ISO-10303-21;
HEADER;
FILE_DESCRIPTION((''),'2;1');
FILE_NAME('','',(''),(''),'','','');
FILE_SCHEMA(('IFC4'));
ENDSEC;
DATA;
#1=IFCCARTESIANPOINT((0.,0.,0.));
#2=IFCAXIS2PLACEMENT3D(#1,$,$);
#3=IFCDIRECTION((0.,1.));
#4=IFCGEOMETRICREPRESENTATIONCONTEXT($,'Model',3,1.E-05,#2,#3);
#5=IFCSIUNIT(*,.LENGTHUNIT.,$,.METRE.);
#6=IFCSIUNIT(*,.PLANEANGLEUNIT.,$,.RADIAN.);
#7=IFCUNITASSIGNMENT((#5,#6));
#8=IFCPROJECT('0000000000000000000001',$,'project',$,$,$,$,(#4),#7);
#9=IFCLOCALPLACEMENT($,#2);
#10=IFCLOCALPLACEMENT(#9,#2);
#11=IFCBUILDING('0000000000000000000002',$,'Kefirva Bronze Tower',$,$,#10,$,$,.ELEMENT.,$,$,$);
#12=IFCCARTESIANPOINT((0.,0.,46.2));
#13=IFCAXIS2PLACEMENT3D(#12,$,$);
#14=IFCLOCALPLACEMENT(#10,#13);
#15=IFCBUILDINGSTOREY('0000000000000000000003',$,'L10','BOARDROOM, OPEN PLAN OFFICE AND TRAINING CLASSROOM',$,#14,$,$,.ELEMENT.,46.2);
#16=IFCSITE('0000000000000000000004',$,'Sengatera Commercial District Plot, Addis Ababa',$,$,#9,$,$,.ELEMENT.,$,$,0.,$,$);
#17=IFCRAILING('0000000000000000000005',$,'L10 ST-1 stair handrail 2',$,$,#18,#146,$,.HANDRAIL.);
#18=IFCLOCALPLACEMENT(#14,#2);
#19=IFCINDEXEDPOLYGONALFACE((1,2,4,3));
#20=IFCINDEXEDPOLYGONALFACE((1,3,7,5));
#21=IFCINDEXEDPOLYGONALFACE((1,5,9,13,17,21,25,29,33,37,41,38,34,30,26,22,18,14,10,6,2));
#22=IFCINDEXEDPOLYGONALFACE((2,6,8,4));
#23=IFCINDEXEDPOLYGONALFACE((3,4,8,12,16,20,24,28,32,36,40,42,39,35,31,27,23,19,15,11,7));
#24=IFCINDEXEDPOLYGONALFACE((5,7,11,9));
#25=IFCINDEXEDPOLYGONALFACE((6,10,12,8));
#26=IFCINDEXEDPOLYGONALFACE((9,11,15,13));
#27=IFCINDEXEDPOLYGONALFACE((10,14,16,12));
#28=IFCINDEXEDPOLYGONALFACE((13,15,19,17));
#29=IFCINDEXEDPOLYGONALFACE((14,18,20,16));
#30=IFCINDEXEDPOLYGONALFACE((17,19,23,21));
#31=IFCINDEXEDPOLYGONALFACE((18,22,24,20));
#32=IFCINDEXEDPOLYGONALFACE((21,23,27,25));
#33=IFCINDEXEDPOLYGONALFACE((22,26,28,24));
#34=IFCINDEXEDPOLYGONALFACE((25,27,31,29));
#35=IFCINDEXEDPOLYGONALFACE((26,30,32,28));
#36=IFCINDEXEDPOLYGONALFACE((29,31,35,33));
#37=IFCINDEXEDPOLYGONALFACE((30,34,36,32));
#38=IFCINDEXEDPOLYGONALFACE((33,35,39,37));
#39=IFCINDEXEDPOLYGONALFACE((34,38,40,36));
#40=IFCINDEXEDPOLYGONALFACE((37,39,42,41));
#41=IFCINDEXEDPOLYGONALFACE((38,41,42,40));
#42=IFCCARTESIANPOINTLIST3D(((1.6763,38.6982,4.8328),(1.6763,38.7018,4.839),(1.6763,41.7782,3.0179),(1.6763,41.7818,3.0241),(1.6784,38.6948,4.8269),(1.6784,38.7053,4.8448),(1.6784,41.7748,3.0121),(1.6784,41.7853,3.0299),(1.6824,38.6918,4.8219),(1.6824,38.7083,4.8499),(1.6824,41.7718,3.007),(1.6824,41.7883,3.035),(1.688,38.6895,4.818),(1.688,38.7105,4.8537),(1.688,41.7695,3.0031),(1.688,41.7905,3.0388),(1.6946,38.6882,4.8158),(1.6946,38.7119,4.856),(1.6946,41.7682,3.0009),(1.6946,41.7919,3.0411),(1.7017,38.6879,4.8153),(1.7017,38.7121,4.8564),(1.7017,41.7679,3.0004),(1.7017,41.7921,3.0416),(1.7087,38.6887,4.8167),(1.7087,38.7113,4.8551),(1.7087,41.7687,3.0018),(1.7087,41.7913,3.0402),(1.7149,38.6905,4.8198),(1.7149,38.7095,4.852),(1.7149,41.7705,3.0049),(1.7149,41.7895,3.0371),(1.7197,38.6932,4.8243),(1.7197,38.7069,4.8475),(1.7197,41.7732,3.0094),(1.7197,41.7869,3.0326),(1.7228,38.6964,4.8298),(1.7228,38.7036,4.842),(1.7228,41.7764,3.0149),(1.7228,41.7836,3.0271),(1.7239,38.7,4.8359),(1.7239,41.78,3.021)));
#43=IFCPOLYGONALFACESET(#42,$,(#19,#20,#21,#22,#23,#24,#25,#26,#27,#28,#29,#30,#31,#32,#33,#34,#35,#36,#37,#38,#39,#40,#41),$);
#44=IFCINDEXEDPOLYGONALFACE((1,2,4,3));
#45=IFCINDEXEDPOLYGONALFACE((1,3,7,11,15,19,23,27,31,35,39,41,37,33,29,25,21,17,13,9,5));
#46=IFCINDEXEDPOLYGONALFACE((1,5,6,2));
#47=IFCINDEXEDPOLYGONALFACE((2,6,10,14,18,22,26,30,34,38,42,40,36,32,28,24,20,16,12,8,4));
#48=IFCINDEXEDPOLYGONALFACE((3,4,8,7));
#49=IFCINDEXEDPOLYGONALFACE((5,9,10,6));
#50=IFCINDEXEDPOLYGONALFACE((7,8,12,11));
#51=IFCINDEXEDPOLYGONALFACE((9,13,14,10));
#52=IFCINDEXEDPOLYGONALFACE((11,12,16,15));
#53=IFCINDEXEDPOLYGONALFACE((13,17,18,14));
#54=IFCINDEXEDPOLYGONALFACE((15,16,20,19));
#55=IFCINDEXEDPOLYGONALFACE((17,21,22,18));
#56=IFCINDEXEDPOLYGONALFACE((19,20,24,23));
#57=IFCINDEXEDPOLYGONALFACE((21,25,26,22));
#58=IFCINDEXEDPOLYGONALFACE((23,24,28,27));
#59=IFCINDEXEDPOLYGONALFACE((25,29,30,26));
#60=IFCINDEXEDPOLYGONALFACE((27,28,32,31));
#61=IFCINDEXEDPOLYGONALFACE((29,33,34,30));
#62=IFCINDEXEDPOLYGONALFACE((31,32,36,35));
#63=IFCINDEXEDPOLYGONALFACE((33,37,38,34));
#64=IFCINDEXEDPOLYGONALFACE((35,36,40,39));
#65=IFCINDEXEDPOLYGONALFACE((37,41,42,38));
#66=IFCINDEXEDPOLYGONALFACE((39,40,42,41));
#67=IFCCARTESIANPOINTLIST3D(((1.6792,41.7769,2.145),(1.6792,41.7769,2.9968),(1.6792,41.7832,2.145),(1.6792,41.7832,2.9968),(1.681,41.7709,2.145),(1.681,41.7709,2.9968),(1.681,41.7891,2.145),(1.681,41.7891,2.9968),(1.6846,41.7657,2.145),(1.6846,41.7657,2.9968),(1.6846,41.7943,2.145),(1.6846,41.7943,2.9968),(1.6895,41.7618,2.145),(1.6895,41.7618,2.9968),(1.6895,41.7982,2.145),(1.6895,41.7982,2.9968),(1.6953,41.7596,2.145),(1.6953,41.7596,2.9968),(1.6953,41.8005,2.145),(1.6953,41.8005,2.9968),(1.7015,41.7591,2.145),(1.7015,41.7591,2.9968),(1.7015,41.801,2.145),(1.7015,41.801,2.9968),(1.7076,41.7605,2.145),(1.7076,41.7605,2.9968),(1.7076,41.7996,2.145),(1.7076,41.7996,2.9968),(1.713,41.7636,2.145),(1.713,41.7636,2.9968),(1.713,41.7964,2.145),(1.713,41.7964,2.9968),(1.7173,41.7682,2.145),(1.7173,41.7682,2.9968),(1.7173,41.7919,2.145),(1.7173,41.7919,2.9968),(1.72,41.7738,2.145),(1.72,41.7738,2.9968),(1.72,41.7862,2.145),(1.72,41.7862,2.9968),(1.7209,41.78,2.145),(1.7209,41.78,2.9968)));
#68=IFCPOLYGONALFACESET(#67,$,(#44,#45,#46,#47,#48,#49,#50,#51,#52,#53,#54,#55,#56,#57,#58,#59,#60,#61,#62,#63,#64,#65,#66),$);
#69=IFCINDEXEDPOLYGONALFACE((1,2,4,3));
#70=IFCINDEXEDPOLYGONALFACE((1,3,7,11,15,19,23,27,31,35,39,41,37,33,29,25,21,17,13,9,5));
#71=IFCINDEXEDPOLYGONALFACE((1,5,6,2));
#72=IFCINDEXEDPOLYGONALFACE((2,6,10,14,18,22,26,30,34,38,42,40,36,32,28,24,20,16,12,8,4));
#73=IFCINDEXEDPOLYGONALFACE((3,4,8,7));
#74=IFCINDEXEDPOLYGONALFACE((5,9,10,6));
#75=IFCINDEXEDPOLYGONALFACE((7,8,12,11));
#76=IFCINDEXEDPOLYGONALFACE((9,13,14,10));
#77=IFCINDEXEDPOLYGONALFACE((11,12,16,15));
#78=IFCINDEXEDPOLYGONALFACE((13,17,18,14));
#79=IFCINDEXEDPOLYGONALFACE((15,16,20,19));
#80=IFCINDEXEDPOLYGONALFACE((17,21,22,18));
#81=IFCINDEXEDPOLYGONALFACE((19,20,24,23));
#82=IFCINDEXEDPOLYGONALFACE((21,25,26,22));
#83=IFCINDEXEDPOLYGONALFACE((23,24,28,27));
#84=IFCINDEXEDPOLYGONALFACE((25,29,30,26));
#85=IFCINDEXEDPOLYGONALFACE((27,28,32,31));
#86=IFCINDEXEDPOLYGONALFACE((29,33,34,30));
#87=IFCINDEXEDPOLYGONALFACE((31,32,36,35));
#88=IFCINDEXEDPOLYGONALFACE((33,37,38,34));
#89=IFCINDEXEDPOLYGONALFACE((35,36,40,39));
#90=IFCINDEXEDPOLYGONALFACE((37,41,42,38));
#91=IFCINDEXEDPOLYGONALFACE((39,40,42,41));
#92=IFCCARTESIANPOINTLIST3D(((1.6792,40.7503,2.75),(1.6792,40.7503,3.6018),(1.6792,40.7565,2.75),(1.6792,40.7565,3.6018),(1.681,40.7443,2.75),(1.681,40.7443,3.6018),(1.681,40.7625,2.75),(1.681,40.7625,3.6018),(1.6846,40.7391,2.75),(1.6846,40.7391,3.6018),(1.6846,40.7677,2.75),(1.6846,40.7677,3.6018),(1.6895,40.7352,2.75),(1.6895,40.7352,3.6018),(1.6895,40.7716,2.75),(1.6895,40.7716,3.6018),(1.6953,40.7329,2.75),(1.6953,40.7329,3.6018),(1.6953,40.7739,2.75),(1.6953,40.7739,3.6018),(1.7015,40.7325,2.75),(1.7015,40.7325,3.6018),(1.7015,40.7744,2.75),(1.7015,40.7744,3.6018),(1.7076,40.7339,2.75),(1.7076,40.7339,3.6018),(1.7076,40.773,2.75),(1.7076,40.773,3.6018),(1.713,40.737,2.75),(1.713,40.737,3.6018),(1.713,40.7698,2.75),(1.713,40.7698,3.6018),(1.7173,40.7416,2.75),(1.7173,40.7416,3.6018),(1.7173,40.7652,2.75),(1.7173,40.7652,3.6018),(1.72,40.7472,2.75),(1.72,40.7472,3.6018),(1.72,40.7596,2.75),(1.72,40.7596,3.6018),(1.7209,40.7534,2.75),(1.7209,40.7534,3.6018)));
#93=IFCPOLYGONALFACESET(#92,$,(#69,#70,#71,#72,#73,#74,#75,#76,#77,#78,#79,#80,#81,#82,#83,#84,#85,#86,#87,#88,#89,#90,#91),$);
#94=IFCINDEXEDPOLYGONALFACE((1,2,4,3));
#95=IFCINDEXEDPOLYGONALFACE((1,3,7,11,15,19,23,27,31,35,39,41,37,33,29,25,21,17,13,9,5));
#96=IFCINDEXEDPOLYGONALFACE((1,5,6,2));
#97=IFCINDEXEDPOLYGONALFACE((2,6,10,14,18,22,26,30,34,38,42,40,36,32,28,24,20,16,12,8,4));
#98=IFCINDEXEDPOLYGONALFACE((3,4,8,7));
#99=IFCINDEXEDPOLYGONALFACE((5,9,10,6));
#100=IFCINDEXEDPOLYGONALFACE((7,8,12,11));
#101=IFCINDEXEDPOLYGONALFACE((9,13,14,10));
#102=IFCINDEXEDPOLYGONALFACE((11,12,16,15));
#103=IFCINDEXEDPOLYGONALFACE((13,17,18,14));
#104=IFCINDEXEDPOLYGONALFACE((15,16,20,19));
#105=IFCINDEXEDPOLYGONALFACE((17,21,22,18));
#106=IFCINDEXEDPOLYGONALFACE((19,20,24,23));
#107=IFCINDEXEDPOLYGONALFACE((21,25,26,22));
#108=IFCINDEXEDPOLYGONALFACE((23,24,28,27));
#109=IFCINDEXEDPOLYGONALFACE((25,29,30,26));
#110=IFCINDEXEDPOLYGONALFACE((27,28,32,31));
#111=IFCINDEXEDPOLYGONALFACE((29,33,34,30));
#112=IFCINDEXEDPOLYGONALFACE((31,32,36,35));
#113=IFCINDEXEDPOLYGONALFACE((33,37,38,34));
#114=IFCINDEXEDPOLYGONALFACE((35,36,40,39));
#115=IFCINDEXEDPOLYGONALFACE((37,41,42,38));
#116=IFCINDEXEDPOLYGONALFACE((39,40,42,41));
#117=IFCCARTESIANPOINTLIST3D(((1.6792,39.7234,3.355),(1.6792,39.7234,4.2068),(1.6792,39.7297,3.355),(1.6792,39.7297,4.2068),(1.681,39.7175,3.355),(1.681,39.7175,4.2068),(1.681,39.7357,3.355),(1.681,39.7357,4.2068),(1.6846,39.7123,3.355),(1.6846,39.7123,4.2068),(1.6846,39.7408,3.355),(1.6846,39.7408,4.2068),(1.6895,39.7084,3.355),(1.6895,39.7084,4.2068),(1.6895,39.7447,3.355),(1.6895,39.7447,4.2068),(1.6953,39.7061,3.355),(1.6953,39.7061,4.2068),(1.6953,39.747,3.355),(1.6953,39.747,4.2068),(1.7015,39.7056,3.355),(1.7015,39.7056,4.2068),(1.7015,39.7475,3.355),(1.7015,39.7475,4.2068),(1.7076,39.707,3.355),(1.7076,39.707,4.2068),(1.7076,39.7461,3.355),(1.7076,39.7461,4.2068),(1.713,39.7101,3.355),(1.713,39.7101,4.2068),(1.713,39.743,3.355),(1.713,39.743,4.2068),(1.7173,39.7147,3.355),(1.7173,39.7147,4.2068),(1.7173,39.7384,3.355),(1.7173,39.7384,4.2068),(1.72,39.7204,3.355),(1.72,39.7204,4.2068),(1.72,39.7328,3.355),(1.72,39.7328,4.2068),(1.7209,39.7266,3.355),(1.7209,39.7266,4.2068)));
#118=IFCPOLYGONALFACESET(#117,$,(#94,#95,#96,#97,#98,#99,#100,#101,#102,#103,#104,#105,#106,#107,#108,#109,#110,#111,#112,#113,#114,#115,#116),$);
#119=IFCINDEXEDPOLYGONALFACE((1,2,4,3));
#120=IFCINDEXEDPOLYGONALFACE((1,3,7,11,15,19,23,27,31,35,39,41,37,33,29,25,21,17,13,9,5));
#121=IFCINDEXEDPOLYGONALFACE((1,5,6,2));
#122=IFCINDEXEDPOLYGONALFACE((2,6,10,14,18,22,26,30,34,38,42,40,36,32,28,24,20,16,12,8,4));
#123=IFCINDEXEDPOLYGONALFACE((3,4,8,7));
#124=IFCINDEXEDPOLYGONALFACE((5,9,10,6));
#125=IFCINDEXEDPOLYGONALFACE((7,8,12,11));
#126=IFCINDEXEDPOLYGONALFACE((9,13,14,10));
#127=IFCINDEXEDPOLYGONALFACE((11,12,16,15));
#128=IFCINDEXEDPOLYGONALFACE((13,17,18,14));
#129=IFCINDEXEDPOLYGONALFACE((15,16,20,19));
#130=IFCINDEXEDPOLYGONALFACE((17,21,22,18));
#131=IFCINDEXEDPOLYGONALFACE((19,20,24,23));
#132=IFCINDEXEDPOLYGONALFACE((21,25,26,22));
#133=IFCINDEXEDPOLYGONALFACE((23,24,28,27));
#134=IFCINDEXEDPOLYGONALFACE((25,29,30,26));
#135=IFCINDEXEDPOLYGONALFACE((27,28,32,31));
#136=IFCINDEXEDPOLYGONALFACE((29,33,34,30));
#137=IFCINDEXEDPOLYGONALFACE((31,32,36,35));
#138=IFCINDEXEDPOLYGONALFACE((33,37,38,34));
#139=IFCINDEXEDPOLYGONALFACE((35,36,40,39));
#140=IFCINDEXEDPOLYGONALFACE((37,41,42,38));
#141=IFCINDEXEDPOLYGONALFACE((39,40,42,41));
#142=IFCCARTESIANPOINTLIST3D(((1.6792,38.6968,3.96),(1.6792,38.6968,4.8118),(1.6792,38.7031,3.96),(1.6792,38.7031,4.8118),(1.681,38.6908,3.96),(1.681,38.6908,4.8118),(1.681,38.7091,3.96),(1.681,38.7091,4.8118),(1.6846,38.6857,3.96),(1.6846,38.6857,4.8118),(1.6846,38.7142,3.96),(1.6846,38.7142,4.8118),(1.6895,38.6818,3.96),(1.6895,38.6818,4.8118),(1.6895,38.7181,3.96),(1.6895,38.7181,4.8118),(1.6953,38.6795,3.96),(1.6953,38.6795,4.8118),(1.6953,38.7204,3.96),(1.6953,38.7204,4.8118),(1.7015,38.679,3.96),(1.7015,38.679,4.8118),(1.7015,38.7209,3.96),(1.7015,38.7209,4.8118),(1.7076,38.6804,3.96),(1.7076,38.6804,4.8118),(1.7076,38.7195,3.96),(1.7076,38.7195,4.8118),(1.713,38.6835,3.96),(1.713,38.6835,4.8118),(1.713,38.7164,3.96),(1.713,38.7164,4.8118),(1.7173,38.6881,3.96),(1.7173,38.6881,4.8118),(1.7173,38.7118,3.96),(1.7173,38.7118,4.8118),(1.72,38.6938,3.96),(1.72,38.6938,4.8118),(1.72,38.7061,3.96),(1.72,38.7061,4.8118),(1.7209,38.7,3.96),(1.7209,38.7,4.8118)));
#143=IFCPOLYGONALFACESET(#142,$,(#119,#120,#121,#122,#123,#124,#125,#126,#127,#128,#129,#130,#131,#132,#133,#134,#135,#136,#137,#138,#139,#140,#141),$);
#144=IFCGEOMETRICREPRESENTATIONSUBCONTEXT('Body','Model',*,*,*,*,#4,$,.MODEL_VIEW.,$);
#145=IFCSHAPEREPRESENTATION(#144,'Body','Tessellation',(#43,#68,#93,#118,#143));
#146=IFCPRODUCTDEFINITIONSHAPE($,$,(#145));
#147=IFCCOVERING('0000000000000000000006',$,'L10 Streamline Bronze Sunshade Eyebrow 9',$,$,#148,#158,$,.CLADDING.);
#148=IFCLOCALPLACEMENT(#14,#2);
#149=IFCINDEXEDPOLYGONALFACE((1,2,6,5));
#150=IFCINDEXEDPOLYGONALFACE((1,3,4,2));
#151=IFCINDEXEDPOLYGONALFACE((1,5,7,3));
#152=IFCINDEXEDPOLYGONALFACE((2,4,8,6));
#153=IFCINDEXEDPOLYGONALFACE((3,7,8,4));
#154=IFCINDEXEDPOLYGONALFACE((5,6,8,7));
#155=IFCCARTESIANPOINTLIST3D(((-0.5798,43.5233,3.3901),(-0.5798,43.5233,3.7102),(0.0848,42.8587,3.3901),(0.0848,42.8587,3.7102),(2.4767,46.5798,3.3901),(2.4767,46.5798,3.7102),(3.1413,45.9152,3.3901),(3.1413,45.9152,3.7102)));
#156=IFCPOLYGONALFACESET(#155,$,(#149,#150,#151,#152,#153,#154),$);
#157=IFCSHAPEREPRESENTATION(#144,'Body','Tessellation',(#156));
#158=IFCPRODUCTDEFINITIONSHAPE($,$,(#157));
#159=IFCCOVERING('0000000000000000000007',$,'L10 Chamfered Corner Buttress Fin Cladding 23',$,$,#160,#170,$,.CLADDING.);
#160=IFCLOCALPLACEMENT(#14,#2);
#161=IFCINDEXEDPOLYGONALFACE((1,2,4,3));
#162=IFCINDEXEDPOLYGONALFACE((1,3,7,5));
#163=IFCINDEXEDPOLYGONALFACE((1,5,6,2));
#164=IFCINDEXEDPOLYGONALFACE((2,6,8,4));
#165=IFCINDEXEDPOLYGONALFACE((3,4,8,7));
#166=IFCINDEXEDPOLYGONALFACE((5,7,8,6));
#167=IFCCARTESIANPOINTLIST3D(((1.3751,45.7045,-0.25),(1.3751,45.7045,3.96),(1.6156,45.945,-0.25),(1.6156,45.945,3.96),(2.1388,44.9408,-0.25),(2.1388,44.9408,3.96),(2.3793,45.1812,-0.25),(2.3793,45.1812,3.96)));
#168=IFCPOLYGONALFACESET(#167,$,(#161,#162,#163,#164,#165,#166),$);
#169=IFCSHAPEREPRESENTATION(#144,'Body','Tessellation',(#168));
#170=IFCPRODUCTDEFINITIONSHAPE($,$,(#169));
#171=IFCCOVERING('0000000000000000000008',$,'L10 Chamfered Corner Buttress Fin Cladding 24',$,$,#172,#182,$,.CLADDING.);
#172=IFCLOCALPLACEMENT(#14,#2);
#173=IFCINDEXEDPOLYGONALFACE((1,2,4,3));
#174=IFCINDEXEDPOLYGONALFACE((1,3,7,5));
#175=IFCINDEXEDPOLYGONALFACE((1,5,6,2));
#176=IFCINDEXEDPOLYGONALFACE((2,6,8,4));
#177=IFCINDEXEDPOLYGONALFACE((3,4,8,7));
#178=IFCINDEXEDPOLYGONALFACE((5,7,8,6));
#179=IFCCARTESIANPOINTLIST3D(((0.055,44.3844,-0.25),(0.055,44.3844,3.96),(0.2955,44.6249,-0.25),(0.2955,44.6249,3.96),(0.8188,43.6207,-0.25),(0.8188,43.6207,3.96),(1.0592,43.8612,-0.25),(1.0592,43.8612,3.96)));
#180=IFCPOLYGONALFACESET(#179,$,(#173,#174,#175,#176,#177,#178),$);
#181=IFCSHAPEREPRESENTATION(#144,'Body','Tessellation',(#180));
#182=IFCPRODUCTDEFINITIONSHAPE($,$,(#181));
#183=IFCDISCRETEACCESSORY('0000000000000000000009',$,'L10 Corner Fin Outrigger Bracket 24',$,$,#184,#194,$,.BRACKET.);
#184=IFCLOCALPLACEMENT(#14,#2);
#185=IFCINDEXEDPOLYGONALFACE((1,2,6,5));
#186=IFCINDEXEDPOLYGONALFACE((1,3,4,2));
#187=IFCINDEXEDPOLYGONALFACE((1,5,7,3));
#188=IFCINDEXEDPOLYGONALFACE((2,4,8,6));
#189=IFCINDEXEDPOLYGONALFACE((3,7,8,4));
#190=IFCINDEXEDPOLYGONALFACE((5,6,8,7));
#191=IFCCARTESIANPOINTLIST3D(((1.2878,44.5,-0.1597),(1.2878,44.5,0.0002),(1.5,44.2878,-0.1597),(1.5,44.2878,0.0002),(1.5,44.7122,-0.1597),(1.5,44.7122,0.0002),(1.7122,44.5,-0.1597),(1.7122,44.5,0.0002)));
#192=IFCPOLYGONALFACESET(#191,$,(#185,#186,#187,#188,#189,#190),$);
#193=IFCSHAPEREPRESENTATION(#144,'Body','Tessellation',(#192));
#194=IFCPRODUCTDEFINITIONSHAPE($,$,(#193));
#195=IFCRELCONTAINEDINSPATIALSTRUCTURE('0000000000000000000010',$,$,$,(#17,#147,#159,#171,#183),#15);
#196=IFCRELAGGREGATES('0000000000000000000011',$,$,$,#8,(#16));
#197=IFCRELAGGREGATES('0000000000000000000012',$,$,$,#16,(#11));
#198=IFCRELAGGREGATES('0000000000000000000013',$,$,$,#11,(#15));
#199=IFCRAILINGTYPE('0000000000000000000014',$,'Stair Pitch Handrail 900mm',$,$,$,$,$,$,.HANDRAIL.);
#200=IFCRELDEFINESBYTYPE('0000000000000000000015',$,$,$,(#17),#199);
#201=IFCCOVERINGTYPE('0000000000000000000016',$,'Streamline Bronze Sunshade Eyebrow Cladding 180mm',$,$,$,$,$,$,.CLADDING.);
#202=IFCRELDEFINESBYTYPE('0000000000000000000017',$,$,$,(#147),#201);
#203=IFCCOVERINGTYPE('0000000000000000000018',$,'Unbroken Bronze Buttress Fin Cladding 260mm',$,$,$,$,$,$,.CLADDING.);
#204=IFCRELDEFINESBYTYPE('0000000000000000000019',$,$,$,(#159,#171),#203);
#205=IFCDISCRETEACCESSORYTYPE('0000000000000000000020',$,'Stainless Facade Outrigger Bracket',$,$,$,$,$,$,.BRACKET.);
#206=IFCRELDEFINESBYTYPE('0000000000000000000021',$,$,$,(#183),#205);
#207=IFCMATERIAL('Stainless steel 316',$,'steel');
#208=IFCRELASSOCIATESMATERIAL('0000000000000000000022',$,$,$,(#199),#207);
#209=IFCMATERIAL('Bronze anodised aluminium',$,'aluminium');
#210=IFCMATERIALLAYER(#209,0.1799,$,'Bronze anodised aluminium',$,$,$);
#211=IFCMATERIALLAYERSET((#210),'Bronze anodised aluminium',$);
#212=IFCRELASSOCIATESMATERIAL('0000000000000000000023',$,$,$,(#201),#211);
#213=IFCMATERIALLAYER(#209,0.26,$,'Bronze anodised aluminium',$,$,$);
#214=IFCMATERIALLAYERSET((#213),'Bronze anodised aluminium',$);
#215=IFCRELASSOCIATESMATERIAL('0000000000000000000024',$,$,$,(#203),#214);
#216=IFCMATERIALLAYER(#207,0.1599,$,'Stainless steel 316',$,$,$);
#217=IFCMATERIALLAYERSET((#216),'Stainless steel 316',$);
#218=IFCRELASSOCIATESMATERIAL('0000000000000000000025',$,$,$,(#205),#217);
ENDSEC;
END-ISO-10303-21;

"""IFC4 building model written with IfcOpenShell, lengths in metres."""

from ifc_helpers import new_model, si_unit, direction, frame, origin, origin_2d, place, context, subcontext, project, spatial, rectangle, circle, extrude, material, layer, layer_set, type_object, element, save


model = new_model("IFC4")

# Units and contexts
model_context = context("Model", 3, precision=1e-05, world=origin(), true_north=direction((0.0, 1.0)))
body_context = subcontext(model_context, "Body", "Model", "MODEL_VIEW")
ifc_project = project(units=[si_unit("LENGTHUNIT", "METRE"), si_unit("PLANEANGLEUNIT", "RADIAN")], contexts=[model_context])

# Site, building, storey
site_placement = place(None, origin())
site = spatial("IfcSite", under=ifc_project, at=site_placement, Name="Sengatera Commercial District Plot, Addis Ababa", CompositionType="ELEMENT", RefElevation=0.0)
building_placement = place(site_placement, origin())
building = spatial("IfcBuilding", under=site, at=building_placement, Name="Kefirva Bronze Tower", CompositionType="ELEMENT")
storey_placement = place(building_placement, frame((0.0, 0.0, 46.2)))
storey = spatial("IfcBuildingStorey", under=building, at=storey_placement, Name="L10", Description="BOARDROOM, OPEN PLAN OFFICE AND TRAINING CLASSROOM", CompositionType="ELEMENT", Elevation=46.2)

# Shared definitions
ifc_material_1 = material(Name="Bronze anodised aluminium", Category="aluminium")

# Railing
ifc_material_2 = material(Name="Stainless steel 316", Category="steel")
railing_type_1 = type_object("IfcRailingType", Name="Stair Pitch Handrail 900mm", PredefinedType="HANDRAIL", material=ifc_material_2)
railing_1_placement = place(storey_placement, frame((1.7, 41.78, 2.145)))
element("IfcRailing", 1, at=railing_1_placement, inside=storey, type_object=railing_type_1, Name="L10 ST-1 stair handrail 2", PredefinedType="HANDRAIL", context=body_context, shape_type="SweptSolid", body=[
    extrude(circle(Radius=0.0239, at=origin_2d()), frame((0.0, 0.0, 0.876), z_axis=(0.0, -0.861551, 0.507671), x_axis=(1.0, 0.0, 0.0)), (0.0, 0.0, 1.0), 3.575),
    extrude(circle(Radius=0.021, at=origin_2d()), origin(), (0.0, 0.0, 1.0), 0.8518),
    extrude(circle(Radius=0.021, at=origin_2d()), frame((0.0, -1.0266, 0.605)), (0.0, 0.0, 1.0), 0.8518),
    extrude(circle(Radius=0.021, at=origin_2d()), frame((0.0, -2.0535, 1.21)), (0.0, 0.0, 1.0), 0.8518),
    extrude(circle(Radius=0.021, at=origin_2d()), frame((0.0, -3.0801, 1.8149)), (0.0, 0.0, 1.0), 0.8518),
])

# Coverings
ifc_layer_1 = layer(ifc_material_1, 0.1799, Name="Bronze anodised aluminium")
ifc_layer_set_1 = layer_set([ifc_layer_1], Name="Bronze anodised aluminium")
covering_type_1 = type_object("IfcCoveringType", Name="Streamline Bronze Sunshade Eyebrow Cladding 180mm", PredefinedType="CLADDING", material=ifc_layer_set_1)
covering_1_placement = place(storey_placement, frame((1.2808, 44.7192, 3.3901), z_axis=(0.0, 0.0, 1.0), x_axis=(-0.707107, -0.707107, 0.0)))
element("IfcCovering", 2, at=covering_1_placement, inside=storey, type_object=covering_type_1, Name="L10 Streamline Bronze Sunshade Eyebrow 9", PredefinedType="CLADDING", context=body_context, shape_type="SweptSolid", body=[
    extrude(rectangle(XDim=4.3225, YDim=0.9399, at=origin_2d()), origin(), (0.0, 0.0, 1.0), 0.3201),
])
ifc_layer_2 = layer(ifc_material_1, 0.26, Name="Bronze anodised aluminium")
ifc_layer_set_2 = layer_set([ifc_layer_2], Name="Bronze anodised aluminium")
covering_type_2 = type_object("IfcCoveringType", Name="Unbroken Bronze Buttress Fin Cladding 260mm", PredefinedType="CLADDING", material=ifc_layer_set_2)
for number, where, z_axis, x_axis, name in (
    (3, (1.8772, 45.4429, -0.25), (0.0, 0.0, 1.0), (-0.707107, -0.707107, 0.0), "L10 Chamfered Corner Buttress Fin Cladding 23"),
    (4, (0.5571, 44.1228, -0.25), (0.0, 0.0, 1.0), (-0.707107, -0.707107, 0.0), "L10 Chamfered Corner Buttress Fin Cladding 24"),
):
    element("IfcCovering", number, at=place(storey_placement, frame(where, z_axis=z_axis, x_axis=x_axis)), inside=storey, type_object=covering_type_2, Name=name, PredefinedType="CLADDING", context=body_context, shape_type="SweptSolid", body=[
        extrude(rectangle(XDim=0.3401, YDim=1.0801, at=origin_2d()), origin(), (0.0, 0.0, 1.0), 4.21),
    ])

# Discrete accessory
ifc_layer_3 = layer(ifc_material_2, 0.1599, Name="Stainless steel 316")
ifc_layer_set_3 = layer_set([ifc_layer_3], Name="Stainless steel 316")
discrete_accessory_type = type_object("IfcDiscreteAccessoryType", Name="Stainless Facade Outrigger Bracket", PredefinedType="BRACKET", material=ifc_layer_set_3)
discrete_accessory_placement = place(storey_placement, frame((1.5, 44.5, -0.1597), z_axis=(0.0, 0.0, 1.0), x_axis=(-0.707107, -0.707107, 0.0)))
element("IfcDiscreteAccessory", 5, at=discrete_accessory_placement, inside=storey, type_object=discrete_accessory_type, Name="L10 Corner Fin Outrigger Bracket 24", PredefinedType="BRACKET", context=body_context, shape_type="SweptSolid", body=[
    extrude(rectangle(XDim=0.3, YDim=0.3, at=origin_2d()), origin(), (0.0, 0.0, 1.0), 0.1599),
])

save(model, "model.ifc")
